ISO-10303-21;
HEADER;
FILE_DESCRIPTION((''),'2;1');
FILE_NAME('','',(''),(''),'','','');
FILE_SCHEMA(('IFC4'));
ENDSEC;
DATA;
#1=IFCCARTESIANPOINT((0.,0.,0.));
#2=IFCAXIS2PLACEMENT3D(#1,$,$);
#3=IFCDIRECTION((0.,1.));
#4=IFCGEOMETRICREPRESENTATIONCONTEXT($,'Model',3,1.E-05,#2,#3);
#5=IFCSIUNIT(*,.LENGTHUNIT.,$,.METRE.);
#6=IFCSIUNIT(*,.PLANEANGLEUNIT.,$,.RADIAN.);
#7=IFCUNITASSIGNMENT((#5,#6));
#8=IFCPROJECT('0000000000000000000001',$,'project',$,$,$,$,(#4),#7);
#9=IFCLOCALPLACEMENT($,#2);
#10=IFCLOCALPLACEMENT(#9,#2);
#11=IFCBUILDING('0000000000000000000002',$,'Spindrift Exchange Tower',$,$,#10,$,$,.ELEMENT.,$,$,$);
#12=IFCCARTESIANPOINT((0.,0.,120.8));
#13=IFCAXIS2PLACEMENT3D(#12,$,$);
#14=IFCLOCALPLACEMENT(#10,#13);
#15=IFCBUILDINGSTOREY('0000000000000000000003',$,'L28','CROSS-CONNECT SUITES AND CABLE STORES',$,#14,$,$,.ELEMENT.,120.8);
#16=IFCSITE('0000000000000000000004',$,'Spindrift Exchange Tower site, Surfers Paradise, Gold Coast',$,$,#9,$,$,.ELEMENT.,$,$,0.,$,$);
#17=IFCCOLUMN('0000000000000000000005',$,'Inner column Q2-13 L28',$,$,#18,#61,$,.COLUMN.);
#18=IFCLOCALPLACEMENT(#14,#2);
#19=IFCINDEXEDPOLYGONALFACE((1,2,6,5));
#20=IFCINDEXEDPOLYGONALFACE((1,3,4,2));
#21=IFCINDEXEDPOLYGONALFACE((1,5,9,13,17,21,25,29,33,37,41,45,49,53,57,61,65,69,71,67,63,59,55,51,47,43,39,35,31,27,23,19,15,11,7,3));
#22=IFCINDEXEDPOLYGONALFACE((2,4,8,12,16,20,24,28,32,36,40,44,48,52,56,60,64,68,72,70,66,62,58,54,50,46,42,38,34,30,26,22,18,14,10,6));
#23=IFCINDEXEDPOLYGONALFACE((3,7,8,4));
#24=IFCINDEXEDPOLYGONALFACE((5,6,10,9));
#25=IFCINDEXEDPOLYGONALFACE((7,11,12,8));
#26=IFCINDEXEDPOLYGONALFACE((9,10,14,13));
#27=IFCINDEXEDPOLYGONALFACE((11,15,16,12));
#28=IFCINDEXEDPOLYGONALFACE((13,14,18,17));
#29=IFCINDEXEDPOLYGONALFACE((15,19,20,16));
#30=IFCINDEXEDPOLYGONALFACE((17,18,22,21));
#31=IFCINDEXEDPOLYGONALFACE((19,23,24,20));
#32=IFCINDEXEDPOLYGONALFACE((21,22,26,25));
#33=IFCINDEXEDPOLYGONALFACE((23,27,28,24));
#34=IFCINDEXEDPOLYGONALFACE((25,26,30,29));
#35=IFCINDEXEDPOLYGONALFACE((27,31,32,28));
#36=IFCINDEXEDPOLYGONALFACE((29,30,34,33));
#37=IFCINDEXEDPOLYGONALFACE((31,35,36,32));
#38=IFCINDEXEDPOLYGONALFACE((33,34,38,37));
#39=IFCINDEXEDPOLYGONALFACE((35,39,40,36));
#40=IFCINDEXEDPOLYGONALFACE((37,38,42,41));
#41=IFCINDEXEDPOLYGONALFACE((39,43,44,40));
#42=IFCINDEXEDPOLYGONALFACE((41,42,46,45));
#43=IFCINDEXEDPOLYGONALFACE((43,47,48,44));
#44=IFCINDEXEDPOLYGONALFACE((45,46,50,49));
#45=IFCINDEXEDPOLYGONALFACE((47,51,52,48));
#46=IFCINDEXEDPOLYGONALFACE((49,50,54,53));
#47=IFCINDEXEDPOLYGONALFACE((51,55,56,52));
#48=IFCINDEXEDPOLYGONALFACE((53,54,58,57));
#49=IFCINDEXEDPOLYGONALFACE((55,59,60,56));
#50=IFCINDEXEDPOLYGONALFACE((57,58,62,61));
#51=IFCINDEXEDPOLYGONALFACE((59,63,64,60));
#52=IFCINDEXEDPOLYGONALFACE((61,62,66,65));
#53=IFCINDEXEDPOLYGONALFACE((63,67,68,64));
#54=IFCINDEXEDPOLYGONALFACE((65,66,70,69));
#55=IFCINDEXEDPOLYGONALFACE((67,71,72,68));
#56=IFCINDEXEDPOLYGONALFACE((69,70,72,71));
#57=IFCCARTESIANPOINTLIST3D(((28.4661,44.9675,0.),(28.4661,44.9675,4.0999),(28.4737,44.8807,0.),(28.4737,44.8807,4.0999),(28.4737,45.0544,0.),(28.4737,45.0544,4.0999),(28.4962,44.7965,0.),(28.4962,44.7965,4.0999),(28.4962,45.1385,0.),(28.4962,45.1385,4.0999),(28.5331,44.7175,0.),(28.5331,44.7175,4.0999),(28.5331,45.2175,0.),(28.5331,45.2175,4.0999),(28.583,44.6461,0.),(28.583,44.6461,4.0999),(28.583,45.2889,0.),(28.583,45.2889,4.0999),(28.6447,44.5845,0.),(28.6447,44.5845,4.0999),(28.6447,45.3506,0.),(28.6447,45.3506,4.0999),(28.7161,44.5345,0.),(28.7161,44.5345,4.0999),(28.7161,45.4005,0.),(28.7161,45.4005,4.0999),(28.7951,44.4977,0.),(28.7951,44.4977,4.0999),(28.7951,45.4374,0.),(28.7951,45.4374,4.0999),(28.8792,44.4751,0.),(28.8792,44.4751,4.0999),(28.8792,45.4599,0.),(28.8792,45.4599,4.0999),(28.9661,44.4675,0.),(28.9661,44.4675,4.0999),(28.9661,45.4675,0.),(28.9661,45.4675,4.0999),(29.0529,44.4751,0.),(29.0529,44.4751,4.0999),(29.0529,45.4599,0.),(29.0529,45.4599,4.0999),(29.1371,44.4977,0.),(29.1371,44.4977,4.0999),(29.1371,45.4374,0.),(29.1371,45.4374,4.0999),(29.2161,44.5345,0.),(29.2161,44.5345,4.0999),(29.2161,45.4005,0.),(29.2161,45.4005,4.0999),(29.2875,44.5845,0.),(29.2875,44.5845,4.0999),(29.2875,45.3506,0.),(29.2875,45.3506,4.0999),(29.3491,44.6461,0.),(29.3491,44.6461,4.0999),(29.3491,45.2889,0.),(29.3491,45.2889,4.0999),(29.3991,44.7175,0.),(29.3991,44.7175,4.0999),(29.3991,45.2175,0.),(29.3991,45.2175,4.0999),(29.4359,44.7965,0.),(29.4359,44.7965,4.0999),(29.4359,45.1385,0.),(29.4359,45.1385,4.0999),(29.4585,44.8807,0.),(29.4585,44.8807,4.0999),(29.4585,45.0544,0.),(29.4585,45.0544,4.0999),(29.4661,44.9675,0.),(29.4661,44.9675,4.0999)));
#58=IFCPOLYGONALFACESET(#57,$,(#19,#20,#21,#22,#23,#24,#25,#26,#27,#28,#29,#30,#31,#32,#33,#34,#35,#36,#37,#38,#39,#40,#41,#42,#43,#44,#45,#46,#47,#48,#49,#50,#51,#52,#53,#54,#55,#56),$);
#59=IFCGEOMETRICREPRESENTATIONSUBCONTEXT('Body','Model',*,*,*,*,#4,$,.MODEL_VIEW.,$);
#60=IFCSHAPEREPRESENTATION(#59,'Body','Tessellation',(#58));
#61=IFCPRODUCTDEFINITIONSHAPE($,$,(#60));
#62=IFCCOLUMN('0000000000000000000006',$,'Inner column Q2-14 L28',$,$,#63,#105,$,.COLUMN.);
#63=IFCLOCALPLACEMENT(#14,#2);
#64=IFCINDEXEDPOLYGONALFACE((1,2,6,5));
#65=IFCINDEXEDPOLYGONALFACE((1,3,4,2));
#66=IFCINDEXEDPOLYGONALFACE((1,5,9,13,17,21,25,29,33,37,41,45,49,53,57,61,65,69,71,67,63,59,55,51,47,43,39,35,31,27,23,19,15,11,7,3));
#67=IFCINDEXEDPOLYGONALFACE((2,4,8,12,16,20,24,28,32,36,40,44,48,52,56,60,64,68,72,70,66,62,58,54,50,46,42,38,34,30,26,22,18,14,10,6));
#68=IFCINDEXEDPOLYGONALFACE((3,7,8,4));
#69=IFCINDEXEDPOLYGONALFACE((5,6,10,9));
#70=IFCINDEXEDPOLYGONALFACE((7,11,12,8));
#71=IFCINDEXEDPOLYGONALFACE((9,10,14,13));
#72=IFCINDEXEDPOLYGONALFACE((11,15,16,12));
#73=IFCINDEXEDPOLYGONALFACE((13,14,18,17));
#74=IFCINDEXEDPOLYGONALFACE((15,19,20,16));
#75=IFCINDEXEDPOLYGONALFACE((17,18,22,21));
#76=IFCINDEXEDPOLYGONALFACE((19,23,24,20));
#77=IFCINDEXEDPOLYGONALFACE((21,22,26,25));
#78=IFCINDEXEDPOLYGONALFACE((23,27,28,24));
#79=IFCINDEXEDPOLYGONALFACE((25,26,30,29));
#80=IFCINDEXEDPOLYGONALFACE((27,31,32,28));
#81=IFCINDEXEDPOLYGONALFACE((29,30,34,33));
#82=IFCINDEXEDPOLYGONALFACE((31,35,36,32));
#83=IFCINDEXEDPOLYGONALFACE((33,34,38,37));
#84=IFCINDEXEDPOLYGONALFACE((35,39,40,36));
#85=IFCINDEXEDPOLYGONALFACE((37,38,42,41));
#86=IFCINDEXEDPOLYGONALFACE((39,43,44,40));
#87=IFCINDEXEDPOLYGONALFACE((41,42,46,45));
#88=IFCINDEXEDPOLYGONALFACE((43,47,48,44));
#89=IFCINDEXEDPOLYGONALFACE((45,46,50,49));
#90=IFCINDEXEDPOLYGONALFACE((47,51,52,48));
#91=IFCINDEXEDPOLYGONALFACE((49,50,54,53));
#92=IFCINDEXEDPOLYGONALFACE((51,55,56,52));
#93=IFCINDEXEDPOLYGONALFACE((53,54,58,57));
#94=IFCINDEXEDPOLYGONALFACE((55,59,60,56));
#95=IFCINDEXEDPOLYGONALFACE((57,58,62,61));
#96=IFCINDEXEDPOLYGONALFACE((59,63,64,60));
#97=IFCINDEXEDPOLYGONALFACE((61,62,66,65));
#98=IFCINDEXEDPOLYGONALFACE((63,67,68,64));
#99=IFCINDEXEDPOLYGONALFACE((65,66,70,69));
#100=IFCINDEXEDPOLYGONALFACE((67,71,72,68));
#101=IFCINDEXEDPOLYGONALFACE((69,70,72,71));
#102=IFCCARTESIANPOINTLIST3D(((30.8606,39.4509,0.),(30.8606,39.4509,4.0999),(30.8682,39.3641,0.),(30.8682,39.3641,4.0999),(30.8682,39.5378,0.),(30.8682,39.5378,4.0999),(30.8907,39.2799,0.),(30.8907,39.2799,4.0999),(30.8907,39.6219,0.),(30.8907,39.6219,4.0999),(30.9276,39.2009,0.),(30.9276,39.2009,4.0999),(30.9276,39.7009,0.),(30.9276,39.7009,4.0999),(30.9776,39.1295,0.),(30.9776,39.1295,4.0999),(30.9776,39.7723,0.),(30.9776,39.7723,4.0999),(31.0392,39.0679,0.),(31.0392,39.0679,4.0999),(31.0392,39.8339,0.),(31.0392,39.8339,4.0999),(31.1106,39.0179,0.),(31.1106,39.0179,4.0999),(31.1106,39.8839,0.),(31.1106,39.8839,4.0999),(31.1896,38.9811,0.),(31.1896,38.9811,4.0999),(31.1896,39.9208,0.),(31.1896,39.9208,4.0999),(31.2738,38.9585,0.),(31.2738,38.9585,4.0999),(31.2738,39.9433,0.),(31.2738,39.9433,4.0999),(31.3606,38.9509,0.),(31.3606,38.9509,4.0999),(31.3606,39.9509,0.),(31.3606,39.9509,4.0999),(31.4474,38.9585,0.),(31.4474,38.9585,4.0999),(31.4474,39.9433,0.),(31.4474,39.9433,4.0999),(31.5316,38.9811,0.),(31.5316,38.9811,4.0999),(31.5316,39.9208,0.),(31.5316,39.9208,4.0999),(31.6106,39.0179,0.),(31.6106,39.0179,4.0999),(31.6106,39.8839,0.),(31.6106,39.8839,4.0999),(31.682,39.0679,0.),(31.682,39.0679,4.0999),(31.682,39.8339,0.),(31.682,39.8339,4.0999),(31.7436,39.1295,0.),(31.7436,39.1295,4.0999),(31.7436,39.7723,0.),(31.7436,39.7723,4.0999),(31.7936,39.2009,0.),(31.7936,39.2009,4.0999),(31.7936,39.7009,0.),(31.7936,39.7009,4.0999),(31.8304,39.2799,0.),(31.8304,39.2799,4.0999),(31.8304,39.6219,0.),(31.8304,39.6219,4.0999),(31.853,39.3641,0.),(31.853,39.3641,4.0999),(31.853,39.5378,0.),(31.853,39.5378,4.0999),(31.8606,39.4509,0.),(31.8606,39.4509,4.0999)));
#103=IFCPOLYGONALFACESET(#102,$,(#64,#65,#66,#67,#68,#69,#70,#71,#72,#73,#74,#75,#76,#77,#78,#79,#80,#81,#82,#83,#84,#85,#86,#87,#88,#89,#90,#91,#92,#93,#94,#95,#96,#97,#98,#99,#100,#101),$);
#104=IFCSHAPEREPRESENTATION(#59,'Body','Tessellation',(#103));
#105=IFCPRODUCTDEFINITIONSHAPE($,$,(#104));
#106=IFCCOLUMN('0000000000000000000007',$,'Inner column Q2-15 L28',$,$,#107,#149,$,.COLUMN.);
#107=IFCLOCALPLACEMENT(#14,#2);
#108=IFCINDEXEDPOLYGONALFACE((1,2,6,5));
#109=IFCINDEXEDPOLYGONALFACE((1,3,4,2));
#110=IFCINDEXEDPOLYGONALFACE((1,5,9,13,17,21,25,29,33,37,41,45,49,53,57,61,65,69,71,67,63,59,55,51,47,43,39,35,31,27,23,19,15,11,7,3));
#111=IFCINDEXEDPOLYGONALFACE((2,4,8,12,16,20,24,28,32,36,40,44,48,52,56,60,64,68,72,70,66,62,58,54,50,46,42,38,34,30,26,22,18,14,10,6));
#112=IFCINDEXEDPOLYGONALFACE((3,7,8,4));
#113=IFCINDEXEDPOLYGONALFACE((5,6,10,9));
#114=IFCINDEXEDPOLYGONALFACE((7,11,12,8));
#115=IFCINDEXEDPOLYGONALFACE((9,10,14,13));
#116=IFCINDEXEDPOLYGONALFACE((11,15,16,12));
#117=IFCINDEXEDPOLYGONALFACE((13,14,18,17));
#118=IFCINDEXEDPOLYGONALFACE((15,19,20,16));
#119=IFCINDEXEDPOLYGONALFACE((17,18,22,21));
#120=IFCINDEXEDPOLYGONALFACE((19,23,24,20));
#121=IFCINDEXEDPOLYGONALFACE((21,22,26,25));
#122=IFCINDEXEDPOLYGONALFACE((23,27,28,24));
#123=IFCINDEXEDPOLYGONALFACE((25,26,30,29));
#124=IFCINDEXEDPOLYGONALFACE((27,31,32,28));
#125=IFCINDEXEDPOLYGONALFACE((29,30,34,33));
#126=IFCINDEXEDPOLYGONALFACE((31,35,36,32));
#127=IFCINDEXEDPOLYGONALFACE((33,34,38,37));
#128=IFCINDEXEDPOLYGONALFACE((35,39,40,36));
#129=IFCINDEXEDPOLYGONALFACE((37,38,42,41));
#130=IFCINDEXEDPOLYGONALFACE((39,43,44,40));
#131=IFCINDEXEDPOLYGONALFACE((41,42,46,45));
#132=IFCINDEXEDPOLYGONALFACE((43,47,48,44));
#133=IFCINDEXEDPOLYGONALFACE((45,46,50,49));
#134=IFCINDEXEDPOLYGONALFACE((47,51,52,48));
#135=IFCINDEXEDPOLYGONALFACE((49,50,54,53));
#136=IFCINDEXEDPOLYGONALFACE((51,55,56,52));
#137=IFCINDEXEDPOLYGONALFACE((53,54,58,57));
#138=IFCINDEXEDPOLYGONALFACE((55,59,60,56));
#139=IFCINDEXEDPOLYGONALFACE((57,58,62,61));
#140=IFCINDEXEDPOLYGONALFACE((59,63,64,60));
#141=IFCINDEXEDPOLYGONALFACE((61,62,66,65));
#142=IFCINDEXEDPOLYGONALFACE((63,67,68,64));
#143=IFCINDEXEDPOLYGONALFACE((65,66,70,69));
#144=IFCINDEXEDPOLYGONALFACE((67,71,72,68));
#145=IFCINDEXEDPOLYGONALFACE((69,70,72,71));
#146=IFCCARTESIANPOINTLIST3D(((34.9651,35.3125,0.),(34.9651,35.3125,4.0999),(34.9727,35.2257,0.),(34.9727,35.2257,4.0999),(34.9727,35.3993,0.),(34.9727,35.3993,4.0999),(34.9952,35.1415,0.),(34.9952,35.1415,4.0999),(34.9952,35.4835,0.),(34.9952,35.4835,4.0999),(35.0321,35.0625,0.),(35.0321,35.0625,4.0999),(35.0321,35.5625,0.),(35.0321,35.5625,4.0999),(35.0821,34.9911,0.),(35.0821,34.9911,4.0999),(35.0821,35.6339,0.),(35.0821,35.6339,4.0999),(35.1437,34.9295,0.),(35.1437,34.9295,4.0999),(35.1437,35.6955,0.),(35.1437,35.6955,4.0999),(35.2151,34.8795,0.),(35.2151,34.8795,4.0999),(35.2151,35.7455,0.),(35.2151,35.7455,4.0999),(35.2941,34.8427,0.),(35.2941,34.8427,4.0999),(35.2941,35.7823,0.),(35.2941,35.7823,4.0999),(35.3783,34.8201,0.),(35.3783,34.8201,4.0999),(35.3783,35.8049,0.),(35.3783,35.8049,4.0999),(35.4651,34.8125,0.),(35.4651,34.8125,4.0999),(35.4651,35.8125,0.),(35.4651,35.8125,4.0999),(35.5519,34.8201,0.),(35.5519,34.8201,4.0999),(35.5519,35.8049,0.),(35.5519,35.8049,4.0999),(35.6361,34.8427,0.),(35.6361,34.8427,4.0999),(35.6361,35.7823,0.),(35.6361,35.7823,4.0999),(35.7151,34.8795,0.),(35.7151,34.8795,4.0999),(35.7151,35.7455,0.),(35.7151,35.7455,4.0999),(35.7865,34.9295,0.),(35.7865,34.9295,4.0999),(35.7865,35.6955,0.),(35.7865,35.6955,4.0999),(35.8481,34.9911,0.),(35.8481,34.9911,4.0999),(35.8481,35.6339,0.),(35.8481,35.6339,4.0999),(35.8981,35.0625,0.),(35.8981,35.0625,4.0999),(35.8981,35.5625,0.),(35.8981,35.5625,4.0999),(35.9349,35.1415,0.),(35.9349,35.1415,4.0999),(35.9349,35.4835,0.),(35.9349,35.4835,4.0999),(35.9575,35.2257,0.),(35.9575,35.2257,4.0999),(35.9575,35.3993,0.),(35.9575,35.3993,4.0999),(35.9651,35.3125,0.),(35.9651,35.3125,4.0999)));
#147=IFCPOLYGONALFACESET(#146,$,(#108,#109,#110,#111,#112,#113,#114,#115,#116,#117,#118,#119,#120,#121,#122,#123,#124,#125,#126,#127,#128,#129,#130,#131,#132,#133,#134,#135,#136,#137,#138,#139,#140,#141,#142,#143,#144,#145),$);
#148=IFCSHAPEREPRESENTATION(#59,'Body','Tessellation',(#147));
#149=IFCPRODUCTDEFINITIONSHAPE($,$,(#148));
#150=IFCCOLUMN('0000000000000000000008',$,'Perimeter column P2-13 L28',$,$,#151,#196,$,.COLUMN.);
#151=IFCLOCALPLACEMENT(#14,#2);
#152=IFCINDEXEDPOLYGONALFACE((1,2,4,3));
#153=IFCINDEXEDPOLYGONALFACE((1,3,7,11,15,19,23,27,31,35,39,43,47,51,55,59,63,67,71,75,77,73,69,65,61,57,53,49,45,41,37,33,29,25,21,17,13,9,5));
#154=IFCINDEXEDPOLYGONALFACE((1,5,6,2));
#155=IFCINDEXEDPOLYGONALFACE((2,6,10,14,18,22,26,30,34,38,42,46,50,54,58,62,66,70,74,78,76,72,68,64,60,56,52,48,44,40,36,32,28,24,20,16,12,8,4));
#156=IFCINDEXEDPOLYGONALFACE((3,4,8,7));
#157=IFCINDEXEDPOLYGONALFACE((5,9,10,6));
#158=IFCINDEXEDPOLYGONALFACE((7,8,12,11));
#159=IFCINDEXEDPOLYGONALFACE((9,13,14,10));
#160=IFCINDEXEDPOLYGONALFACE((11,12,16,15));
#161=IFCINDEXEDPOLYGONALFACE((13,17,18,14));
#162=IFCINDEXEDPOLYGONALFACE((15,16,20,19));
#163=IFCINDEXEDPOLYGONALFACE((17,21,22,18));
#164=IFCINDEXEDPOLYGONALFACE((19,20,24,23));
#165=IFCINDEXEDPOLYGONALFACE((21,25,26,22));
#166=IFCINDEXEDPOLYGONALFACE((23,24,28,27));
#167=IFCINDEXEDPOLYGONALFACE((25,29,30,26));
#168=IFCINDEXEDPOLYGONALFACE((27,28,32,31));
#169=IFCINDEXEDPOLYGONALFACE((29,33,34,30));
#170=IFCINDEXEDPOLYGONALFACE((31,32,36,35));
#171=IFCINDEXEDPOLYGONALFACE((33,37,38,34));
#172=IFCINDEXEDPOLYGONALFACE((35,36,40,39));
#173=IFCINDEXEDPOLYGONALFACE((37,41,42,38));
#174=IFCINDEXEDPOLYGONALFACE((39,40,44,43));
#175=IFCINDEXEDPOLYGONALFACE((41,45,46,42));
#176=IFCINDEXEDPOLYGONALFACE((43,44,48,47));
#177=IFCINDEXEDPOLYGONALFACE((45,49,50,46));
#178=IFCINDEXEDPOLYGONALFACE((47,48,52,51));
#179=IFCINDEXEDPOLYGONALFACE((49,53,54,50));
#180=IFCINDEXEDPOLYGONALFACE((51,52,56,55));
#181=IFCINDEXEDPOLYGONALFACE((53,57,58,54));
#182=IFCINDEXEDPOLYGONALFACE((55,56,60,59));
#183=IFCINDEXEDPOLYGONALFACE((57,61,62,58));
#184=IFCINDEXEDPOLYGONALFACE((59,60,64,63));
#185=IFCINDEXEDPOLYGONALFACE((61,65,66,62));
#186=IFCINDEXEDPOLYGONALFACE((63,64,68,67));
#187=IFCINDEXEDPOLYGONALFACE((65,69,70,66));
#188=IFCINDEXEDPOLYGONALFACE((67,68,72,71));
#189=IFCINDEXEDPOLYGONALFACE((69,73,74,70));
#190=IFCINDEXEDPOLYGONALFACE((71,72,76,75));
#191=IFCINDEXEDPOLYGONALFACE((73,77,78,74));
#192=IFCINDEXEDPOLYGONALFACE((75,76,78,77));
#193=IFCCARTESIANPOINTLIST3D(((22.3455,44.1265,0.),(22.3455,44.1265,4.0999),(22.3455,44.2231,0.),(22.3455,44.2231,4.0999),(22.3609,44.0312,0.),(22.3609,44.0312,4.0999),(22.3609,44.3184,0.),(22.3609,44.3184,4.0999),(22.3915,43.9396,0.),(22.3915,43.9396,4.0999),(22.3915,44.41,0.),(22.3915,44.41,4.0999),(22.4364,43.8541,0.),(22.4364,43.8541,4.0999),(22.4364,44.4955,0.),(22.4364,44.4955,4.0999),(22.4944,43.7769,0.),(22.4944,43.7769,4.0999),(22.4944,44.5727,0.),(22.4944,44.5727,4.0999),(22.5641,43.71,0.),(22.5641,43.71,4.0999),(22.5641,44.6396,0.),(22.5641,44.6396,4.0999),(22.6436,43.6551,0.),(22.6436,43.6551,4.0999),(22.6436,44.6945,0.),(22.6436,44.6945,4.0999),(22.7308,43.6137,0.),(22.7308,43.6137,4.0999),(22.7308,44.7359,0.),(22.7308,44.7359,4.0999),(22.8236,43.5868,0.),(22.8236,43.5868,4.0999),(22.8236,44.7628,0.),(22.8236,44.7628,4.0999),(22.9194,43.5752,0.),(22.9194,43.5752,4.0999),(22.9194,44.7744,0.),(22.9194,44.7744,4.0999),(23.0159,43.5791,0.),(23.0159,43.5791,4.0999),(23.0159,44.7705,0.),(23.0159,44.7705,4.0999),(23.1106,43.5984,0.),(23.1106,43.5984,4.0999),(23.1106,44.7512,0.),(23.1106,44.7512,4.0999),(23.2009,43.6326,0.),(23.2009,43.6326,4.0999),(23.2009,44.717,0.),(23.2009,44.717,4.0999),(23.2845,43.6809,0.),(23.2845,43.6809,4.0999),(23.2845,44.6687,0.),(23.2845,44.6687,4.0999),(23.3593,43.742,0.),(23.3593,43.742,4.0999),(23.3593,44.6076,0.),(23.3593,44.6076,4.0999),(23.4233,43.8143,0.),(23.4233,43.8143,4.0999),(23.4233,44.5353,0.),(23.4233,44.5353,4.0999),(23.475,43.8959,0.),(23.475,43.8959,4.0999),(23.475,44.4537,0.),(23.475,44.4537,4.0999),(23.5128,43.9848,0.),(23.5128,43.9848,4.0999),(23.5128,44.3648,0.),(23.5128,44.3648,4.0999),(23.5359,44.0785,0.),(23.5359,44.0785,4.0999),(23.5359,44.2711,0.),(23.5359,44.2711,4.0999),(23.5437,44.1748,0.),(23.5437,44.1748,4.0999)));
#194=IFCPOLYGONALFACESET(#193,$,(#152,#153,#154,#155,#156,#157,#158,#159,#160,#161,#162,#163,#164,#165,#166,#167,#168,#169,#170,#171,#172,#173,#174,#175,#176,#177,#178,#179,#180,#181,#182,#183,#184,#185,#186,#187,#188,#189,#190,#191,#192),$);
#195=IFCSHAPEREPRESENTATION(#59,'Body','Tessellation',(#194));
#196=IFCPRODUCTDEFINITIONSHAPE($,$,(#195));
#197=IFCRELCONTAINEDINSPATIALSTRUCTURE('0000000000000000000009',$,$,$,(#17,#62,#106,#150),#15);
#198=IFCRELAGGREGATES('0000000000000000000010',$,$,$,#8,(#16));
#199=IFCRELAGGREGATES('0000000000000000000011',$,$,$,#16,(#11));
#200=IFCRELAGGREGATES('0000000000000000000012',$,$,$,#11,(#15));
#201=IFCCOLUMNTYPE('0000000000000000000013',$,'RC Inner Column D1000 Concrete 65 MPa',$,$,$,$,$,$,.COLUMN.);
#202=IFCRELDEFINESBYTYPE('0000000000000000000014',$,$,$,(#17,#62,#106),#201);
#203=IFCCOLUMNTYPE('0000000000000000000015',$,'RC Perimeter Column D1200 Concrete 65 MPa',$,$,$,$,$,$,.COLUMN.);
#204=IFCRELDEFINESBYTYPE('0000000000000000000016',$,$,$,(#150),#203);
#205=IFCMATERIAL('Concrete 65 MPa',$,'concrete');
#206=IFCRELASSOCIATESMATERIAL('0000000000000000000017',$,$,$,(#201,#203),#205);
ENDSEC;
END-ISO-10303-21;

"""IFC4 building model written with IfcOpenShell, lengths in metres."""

from ifc_helpers import new_model, si_unit, direction, frame, origin, origin_2d, place, context, subcontext, project, spatial, circle, extrude, source, transform, mapped, material, material_profile, profile_set, type_object, element, save


model = new_model("IFC4")

# Units and contexts
model_context = context("Model", 3, precision=1e-05, world=origin(), true_north=direction((0.0, 1.0)))
body_context = subcontext(model_context, "Body", "Model", "MODEL_VIEW")
ifc_project = project(units=[si_unit("LENGTHUNIT", "METRE"), si_unit("PLANEANGLEUNIT", "RADIAN")], contexts=[model_context])

# Site, building, storey
site_placement = place(None, origin())
site = spatial("IfcSite", under=ifc_project, at=site_placement, Name="Spindrift Exchange Tower site, Surfers Paradise, Gold Coast", CompositionType="ELEMENT", RefElevation=0.0)
building_placement = place(site_placement, origin())
building = spatial("IfcBuilding", under=site, at=building_placement, Name="Spindrift Exchange Tower", CompositionType="ELEMENT")
storey_placement = place(building_placement, frame((0.0, 0.0, 120.8)))
storey = spatial("IfcBuildingStorey", under=building, at=storey_placement, Name="L28", Description="CROSS-CONNECT SUITES AND CABLE STORES", CompositionType="ELEMENT", Elevation=120.8)

# Columns
ifc_material_1 = material(Name="Concrete 65 MPa", Category="concrete")
ifc_material_profile_1 = material_profile(ifc_material_1, circle(Radius=0.5, at=origin_2d()), Name="RC D1000")
ifc_profile_set_1 = profile_set([ifc_material_profile_1], Name="Concrete 65 MPa")
column_type_1 = type_object("IfcColumnType", Name="RC Inner Column D1000 Concrete 65 MPa", PredefinedType="COLUMN", material=ifc_profile_set_1)
shared_shape_1 = source(origin(), body_context, "Body", "SweptSolid", [
    extrude(circle(Radius=0.5, at=origin_2d()), origin(), (0.0, 0.0, 1.0), 4.0999),
])
for number, where, z_axis, x_axis, name in (
    (1, (28.9661, 44.9675, 0.0), (0.0, 0.0, 1.0), (1.0, 0.0, 0.0), "Inner column Q2-13 L28"),
    (2, (31.3606, 39.4509, 0.0), (0.0, 0.0, 1.0), (1.0, 0.0, 0.0), "Inner column Q2-14 L28"),
    (3, (35.4651, 35.3125, 0.0), (0.0, 0.0, 1.0), (1.0, 0.0, 0.0), "Inner column Q2-15 L28"),
):
    element("IfcColumn", number, at=place(storey_placement, frame(where, z_axis=z_axis, x_axis=x_axis)), inside=storey, type_object=column_type_1, Name=name, PredefinedType="COLUMN", context=body_context, shape_type="MappedRepresentation", body=[
        mapped(shared_shape_1, transform((0.0, 0.0, 0.0), scale=1.0)),
    ])
ifc_material_profile_2 = material_profile(ifc_material_1, circle(Radius=0.6001, at=origin_2d()), Name="RC D1200")
ifc_profile_set_2 = profile_set([ifc_material_profile_2], Name="Concrete 65 MPa")
column_type_2 = type_object("IfcColumnType", Name="RC Perimeter Column D1200 Concrete 65 MPa", PredefinedType="COLUMN", material=ifc_profile_set_2)
shared_shape_2 = source(origin(), body_context, "Body", "SweptSolid", [
    extrude(circle(Radius=0.6001, at=origin_2d()), origin(), (0.0, 0.0, 1.0), 4.0999),
])
for number, where, z_axis, x_axis, name in (
    (4, (22.9436, 44.1748, 0.0), (0.0, 0.0, 1.0), (1.0, 0.0, 0.0), "Perimeter column P2-13 L28"),
):
    element("IfcColumn", number, at=place(storey_placement, frame(where, z_axis=z_axis, x_axis=x_axis)), inside=storey, type_object=column_type_2, Name=name, PredefinedType="COLUMN", context=body_context, shape_type="MappedRepresentation", body=[
        mapped(shared_shape_2, transform((0.0, 0.0, 0.0), scale=1.0)),
    ])

save(model, "model.ifc")
